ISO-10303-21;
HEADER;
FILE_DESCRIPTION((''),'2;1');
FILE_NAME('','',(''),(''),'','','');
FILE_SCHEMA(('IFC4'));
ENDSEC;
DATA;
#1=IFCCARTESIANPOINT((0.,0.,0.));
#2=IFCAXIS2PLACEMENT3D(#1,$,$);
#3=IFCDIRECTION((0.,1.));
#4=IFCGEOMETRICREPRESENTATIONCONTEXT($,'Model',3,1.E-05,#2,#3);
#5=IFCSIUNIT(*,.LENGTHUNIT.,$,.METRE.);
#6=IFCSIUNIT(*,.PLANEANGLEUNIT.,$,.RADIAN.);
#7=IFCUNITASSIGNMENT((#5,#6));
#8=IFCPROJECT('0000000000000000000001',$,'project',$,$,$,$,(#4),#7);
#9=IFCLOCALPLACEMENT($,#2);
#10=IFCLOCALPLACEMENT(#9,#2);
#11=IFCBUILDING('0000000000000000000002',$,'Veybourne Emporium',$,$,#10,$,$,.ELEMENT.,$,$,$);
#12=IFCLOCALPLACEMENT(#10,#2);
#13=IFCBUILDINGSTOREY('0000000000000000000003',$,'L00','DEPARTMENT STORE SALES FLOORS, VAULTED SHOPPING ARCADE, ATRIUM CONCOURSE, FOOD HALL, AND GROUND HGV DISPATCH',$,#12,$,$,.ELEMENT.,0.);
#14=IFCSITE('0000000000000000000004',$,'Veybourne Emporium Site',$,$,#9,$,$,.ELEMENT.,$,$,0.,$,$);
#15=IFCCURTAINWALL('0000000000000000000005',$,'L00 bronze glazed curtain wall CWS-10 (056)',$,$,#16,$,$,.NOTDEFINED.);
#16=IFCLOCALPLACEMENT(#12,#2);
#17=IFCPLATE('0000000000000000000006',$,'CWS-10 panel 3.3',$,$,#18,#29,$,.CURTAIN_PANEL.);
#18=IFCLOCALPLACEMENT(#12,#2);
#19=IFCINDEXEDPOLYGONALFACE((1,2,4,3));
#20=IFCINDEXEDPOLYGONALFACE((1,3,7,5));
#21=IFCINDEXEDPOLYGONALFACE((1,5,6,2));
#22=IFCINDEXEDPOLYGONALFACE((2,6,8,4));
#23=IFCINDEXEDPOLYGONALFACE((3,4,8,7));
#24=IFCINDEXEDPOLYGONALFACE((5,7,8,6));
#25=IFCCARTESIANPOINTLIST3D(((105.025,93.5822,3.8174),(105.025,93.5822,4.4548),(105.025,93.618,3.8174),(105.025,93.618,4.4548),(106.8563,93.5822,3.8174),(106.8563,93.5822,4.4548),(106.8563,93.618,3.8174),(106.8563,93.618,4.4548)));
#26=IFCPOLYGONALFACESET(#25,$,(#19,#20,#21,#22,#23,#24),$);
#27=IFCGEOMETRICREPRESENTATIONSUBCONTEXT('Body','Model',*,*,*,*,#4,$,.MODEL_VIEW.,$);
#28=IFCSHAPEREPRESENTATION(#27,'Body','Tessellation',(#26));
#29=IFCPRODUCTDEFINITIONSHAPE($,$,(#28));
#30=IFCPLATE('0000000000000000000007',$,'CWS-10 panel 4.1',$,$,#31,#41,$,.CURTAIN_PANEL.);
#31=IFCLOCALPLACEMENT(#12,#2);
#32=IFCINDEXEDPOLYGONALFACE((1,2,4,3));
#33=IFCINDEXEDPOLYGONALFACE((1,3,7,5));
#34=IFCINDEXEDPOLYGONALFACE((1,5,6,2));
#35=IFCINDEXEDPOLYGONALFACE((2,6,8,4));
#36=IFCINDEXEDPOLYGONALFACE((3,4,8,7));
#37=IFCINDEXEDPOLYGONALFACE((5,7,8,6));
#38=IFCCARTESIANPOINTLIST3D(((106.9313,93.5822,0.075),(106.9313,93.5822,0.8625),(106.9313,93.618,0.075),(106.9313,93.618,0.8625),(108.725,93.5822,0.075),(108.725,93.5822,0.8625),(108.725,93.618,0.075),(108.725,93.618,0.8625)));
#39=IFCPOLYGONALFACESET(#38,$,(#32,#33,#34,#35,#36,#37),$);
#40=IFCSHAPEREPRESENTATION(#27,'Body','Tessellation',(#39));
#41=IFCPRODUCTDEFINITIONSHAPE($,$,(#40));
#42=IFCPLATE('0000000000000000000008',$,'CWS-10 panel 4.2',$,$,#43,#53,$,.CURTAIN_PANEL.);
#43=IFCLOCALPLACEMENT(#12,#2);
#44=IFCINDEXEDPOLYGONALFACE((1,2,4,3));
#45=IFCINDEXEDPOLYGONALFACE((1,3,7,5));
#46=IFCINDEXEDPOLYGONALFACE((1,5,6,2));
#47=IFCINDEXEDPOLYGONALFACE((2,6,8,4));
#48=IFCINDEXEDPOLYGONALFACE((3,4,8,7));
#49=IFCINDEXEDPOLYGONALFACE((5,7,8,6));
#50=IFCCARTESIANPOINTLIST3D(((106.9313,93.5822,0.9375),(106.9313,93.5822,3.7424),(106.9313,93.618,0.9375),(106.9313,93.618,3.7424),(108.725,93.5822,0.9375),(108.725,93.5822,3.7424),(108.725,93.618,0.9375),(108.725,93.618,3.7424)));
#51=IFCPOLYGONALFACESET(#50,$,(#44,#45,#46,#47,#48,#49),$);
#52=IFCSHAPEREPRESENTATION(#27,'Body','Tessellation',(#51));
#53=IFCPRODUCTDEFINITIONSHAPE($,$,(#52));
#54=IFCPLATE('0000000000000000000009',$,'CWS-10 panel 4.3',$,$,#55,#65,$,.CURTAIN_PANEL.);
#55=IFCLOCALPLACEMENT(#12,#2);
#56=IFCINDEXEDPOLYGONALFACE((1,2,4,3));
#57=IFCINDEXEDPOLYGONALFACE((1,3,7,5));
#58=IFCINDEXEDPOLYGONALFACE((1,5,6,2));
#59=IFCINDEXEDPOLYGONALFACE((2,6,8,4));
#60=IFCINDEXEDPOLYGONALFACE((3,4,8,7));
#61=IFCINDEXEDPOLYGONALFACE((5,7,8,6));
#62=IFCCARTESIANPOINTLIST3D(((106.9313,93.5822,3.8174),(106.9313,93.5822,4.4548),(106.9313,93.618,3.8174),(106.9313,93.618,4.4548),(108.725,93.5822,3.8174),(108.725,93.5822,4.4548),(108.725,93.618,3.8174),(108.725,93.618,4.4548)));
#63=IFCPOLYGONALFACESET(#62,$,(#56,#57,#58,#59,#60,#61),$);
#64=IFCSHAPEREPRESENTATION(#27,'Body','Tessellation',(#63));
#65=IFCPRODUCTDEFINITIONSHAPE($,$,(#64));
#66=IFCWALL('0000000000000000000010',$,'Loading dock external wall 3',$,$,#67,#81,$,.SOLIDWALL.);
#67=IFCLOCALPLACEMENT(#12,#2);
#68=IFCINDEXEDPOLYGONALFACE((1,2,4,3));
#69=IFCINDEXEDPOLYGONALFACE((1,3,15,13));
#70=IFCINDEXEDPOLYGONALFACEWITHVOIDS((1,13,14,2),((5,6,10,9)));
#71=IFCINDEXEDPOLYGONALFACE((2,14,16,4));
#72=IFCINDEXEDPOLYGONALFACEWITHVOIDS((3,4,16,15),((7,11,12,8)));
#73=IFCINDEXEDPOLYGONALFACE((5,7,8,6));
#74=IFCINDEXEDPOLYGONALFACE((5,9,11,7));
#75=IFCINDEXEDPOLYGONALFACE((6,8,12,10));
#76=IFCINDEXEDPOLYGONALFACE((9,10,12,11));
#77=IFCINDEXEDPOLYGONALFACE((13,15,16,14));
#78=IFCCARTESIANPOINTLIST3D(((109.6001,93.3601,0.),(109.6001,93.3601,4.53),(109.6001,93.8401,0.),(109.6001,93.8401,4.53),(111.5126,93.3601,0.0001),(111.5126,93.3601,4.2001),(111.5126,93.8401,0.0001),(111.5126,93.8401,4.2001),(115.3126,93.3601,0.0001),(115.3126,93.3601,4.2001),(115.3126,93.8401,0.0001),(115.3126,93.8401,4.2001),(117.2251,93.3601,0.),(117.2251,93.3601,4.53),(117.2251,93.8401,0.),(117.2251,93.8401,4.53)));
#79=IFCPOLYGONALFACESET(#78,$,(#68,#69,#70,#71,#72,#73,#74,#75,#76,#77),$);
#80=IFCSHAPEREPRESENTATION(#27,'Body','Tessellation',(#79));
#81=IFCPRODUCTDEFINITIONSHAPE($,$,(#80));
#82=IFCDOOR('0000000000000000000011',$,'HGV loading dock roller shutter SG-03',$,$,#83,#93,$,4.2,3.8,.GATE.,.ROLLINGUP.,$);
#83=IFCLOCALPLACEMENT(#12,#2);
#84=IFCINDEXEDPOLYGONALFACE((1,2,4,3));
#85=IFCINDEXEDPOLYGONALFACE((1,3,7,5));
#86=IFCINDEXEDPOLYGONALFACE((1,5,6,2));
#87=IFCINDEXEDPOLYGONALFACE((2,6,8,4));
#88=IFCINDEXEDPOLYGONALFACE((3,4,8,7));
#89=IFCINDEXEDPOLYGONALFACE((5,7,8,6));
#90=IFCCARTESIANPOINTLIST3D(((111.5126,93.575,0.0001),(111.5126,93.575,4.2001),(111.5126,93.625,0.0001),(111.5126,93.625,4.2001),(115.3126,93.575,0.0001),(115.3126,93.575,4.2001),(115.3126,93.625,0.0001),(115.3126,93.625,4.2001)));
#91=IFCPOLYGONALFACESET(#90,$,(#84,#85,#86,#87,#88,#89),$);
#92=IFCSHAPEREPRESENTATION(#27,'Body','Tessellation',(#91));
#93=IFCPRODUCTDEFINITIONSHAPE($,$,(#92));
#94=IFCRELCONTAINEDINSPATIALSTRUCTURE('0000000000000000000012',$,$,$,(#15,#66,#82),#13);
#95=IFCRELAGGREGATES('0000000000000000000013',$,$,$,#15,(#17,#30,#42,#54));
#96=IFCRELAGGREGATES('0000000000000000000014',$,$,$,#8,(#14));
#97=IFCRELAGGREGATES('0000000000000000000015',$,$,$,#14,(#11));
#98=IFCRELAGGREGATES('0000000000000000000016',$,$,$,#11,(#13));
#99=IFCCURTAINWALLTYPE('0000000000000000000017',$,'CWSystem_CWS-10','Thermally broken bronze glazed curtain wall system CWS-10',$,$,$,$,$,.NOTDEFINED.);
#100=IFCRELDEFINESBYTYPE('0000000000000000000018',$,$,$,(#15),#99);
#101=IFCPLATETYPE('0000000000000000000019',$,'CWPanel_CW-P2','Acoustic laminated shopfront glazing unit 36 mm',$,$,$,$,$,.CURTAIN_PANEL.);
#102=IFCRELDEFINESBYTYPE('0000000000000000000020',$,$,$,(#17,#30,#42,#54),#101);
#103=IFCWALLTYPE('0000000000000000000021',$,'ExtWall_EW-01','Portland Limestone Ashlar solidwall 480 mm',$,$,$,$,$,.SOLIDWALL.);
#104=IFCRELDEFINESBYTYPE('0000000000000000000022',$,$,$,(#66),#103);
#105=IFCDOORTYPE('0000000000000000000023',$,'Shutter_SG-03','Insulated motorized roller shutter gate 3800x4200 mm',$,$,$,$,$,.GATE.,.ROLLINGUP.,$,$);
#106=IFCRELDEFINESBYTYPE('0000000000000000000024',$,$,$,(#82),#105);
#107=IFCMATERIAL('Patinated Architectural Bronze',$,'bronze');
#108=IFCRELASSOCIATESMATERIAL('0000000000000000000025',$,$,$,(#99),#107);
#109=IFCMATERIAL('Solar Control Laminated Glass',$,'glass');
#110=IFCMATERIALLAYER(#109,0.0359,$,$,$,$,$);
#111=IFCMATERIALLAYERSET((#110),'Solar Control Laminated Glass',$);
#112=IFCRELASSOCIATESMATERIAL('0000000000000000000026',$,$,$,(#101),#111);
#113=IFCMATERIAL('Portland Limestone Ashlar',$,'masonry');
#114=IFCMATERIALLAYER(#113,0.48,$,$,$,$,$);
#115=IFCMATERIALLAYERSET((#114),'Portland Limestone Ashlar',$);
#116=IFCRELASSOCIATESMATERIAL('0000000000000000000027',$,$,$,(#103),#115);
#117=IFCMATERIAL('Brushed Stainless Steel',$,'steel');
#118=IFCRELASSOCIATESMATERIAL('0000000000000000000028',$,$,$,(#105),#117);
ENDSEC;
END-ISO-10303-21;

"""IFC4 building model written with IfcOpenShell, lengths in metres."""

from ifc_helpers import new_model, si_unit, direction, frame, frame_2d, origin, origin_2d, place, context, subcontext, project, spatial, rectangle, extrude, material, layer, layer_set, type_object, element, fill, aggregate, save


model = new_model("IFC4")

# Units and contexts
model_context = context("Model", 3, precision=1e-05, world=origin(), true_north=direction((0.0, 1.0)))
body_context = subcontext(model_context, "Body", "Model", "MODEL_VIEW")
ifc_project = project(units=[si_unit("LENGTHUNIT", "METRE"), si_unit("PLANEANGLEUNIT", "RADIAN")], contexts=[model_context])

# Site, building, storey
site_placement = place(None, origin())
site = spatial("IfcSite", under=ifc_project, at=site_placement, Name="Veybourne Emporium Site", CompositionType="ELEMENT", RefElevation=0.0)
building_placement = place(site_placement, origin())
building = spatial("IfcBuilding", under=site, at=building_placement, Name="Veybourne Emporium", CompositionType="ELEMENT")
storey_placement = place(building_placement, origin())
storey = spatial("IfcBuildingStorey", under=building, at=storey_placement, Name="L00", Description="DEPARTMENT STORE SALES FLOORS, VAULTED SHOPPING ARCADE, ATRIUM CONCOURSE, FOOD HALL, AND GROUND HGV DISPATCH", CompositionType="ELEMENT", Elevation=0.0)

# Curtain wall
ifc_material_1 = material(Name="Patinated Architectural Bronze", Category="bronze")
curtain_wall_type = type_object("IfcCurtainWallType", Name="CWSystem_CWS-10", Description="Thermally broken bronze glazed curtain wall system CWS-10", PredefinedType="NOTDEFINED", material=ifc_material_1)
curtain_wall_placement = place(storey_placement, origin())
curtain_wall = element("IfcCurtainWall", 1, at=curtain_wall_placement, inside=storey, type_object=curtain_wall_type, Name="L00 bronze glazed curtain wall CWS-10 (056)", PredefinedType="NOTDEFINED")

# Plates
ifc_material_2 = material(Name="Solar Control Laminated Glass", Category="glass")
ifc_layer_1 = layer(ifc_material_2, 0.0359)
ifc_layer_set_1 = layer_set([ifc_layer_1], Name="Solar Control Laminated Glass")
plate_type = type_object("IfcPlateType", Name="CWPanel_CW-P2", Description="Acoustic laminated shopfront glazing unit 36 mm", PredefinedType="CURTAIN_PANEL", material=ifc_layer_set_1)
plate_1_placement = place(storey_placement, frame((105.9407, 93.6001, 3.8174), z_axis=(0.0, 0.0, 1.0), x_axis=(1.0, 0.0, 0.0)))
plate_1 = element("IfcPlate", 2, at=plate_1_placement, type_object=plate_type, Name="CWS-10 panel 3.3", PredefinedType="CURTAIN_PANEL", context=body_context, shape_type="SweptSolid", body=[
    extrude(rectangle(XDim=1.8313, YDim=0.0359, at=origin_2d()), origin(), (0.0, 0.0, 1.0), 0.6375),
])
plate_2_placement = place(storey_placement, frame((107.8281, 93.6001, 0.075), z_axis=(0.0, 0.0, 1.0), x_axis=(1.0, 0.0, 0.0)))
plate_2 = element("IfcPlate", 3, at=plate_2_placement, type_object=plate_type, Name="CWS-10 panel 4.1", PredefinedType="CURTAIN_PANEL", context=body_context, shape_type="SweptSolid", body=[
    extrude(rectangle(XDim=1.7937, YDim=0.0359, at=origin_2d()), origin(), (0.0, 0.0, 1.0), 0.7876),
])
plate_3_placement = place(storey_placement, frame((107.8281, 93.6001, 0.9375), z_axis=(0.0, 0.0, 1.0), x_axis=(1.0, 0.0, 0.0)))
plate_3 = element("IfcPlate", 4, at=plate_3_placement, type_object=plate_type, Name="CWS-10 panel 4.2", PredefinedType="CURTAIN_PANEL", context=body_context, shape_type="SweptSolid", body=[
    extrude(rectangle(XDim=1.7937, YDim=0.0359, at=origin_2d()), origin(), (0.0, 0.0, 1.0), 2.8049),
])
plate_4_placement = place(storey_placement, frame((107.8281, 93.6001, 3.8174), z_axis=(0.0, 0.0, 1.0), x_axis=(1.0, 0.0, 0.0)))
plate_4 = element("IfcPlate", 5, at=plate_4_placement, type_object=plate_type, Name="CWS-10 panel 4.3", PredefinedType="CURTAIN_PANEL", context=body_context, shape_type="SweptSolid", body=[
    extrude(rectangle(XDim=1.7937, YDim=0.0359, at=origin_2d()), origin(), (0.0, 0.0, 1.0), 0.6375),
])
aggregate(curtain_wall, [plate_1, plate_2, plate_3, plate_4])

# Wall, opening, door
ifc_material_3 = material(Name="Portland Limestone Ashlar", Category="masonry")
ifc_layer_2 = layer(ifc_material_3, 0.48)
ifc_layer_set_2 = layer_set([ifc_layer_2], Name="Portland Limestone Ashlar")
wall_type = type_object("IfcWallType", Name="ExtWall_EW-01", Description="Portland Limestone Ashlar solidwall 480 mm", PredefinedType="SOLIDWALL", material=ifc_layer_set_2)
wall_placement = place(storey_placement, frame((109.6001, 93.6001, 0.0), z_axis=(0.0, 0.0, 1.0), x_axis=(1.0, 0.0, 0.0)))
wall = element("IfcWall", 6, at=wall_placement, inside=storey, type_object=wall_type, Name="Loading dock external wall 3", PredefinedType="SOLIDWALL", context=body_context, shape_type="SweptSolid", body=[
    extrude(rectangle(XDim=7.625, YDim=0.48, at=frame_2d((3.8125, 0.0))), origin(), (0.0, 0.0, 1.0), 4.53),
])
opening_placement = place(wall_placement, frame((1.9126, 0.0, 0.0)))
opening = element("IfcOpeningElement", 7, at=opening_placement, cuts=wall, PredefinedType="OPENING", context=body_context, shape_type="SweptSolid", body=[
    extrude(rectangle(XDim=3.8, YDim=4.2, at=frame_2d((1.8999, 2.1001))), frame((0.0, 0.26, 0.0), z_axis=(0.0, -1.0, 0.0), x_axis=(1.0, 0.0, 0.0)), (0.0, 0.0, 1.0), 0.52),
])
ifc_material_4 = material(Name="Brushed Stainless Steel", Category="steel")
door_type = type_object("IfcDoorType", Name="Shutter_SG-03", Description="Insulated motorized roller shutter gate 3800x4200 mm", OperationType="ROLLINGUP", PredefinedType="GATE", material=ifc_material_4)
door_placement = place(opening_placement, origin())
door = element("IfcDoor", 8, at=door_placement, inside=storey, type_object=door_type, Name="HGV loading dock roller shutter SG-03", OperationType="ROLLINGUP", OverallHeight=4.2, OverallWidth=3.8, PredefinedType="GATE", context=body_context, shape_type="SweptSolid", body=[
    extrude(rectangle(XDim=3.8, YDim=4.2, at=frame_2d((1.8999, 2.1001))), frame((0.0, 0.0249, 0.0), z_axis=(0.0, -1.0, 0.0), x_axis=(1.0, 0.0, 0.0)), (0.0, 0.0, 1.0), 0.05),
])
fill(opening, door)

save(model, "model.ifc")
